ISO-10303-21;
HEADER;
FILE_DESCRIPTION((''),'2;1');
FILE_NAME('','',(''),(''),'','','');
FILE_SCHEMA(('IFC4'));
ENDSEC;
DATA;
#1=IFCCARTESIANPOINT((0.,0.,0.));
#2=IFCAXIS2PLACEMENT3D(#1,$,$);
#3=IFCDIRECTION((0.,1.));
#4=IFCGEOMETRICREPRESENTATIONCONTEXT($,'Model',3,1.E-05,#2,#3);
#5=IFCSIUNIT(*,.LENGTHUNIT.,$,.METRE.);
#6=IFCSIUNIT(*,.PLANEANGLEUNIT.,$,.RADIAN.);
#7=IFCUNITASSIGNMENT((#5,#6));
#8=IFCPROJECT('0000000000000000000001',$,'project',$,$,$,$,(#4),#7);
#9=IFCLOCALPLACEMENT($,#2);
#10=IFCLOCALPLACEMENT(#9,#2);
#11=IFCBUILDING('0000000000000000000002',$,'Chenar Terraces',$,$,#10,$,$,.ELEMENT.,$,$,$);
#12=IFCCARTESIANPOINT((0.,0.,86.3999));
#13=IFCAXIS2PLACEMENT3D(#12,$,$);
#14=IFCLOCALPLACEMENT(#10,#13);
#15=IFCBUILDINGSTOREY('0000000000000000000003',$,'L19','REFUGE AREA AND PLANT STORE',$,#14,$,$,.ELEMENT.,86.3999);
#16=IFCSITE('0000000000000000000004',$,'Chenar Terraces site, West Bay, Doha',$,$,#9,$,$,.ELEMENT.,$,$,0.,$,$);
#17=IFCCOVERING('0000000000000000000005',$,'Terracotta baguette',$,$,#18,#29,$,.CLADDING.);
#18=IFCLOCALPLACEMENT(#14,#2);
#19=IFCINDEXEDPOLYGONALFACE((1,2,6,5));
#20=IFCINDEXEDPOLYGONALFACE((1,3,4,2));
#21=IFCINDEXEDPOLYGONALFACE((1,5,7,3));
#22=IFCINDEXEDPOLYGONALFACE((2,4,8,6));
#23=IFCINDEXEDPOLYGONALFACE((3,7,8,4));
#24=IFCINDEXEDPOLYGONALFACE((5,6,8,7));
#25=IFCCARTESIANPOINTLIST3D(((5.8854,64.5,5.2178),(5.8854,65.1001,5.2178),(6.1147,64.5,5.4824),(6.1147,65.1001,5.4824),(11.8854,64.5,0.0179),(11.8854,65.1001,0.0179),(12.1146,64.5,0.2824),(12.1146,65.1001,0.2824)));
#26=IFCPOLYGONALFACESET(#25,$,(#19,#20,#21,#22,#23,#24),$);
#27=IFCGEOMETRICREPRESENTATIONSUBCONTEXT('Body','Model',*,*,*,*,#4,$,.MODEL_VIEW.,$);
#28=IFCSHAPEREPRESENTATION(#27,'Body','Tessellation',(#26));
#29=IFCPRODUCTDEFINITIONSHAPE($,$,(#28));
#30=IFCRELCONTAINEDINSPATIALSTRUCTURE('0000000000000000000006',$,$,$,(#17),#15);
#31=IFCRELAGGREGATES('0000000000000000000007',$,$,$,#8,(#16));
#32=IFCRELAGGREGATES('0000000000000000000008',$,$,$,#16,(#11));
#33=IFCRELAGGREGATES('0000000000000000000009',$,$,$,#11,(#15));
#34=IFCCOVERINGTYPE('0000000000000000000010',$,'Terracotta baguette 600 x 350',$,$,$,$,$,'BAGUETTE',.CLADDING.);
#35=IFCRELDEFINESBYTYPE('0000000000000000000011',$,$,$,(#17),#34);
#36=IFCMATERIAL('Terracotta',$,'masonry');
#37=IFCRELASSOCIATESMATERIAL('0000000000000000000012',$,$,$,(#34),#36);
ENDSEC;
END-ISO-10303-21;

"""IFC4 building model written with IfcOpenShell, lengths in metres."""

from ifc_helpers import new_model, si_unit, direction, frame, origin, origin_2d, place, context, subcontext, project, spatial, rectangle, extrude, material, material_profile, profile_set, type_object, element, save


model = new_model("IFC4")

# Units and contexts
model_context = context("Model", 3, precision=1e-05, world=origin(), true_north=direction((0.0, 1.0)))
body_context = subcontext(model_context, "Body", "Model", "MODEL_VIEW")
ifc_project = project(units=[si_unit("LENGTHUNIT", "METRE"), si_unit("PLANEANGLEUNIT", "RADIAN")], contexts=[model_context])

# Site, building, storey
site_placement = place(None, origin())
site = spatial("IfcSite", under=ifc_project, at=site_placement, Name="Chenar Terraces site, West Bay, Doha", CompositionType="ELEMENT", RefElevation=0.0)
building_placement = place(site_placement, origin())
building = spatial("IfcBuilding", under=site, at=building_placement, Name="Chenar Terraces", CompositionType="ELEMENT")
storey_placement = place(building_placement, frame((0.0, 0.0, 86.3999)))
storey = spatial("IfcBuildingStorey", under=building, at=storey_placement, Name="L19", Description="REFUGE AREA AND PLANT STORE", CompositionType="ELEMENT", Elevation=86.3999)

# Covering
ifc_material_1 = material(Name="Terracotta", Category="masonry")
ifc_material_profile_1 = material_profile(ifc_material_1, rectangle(XDim=0.6001, YDim=0.3501, at=origin_2d()), Name="Terracotta baguette 600 x 350")
ifc_profile_set_1 = profile_set([ifc_material_profile_1], Name="Terracotta")
covering_type = type_object("IfcCoveringType", Name="Terracotta baguette 600 x 350", ElementType="BAGUETTE", PredefinedType="CLADDING", material=ifc_profile_set_1)
for number, where, z_axis, x_axis, name in (
    (1, (12.0, 64.8, 0.1501), (-0.755692, 0.0, 0.654927), (0.0, -1.0, 0.0), "Terracotta baguette"),
):
    element("IfcCovering", number, at=place(storey_placement, frame(where, z_axis=z_axis, x_axis=x_axis)), inside=storey, type_object=covering_type, Name=name, PredefinedType="CLADDING", context=body_context, shape_type="SweptSolid", body=[
        extrude(rectangle(XDim=0.6001, YDim=0.3501, at=origin_2d()), origin(), (0.0, 0.0, 1.0), 7.9397),
    ])

save(model, "model.ifc")
